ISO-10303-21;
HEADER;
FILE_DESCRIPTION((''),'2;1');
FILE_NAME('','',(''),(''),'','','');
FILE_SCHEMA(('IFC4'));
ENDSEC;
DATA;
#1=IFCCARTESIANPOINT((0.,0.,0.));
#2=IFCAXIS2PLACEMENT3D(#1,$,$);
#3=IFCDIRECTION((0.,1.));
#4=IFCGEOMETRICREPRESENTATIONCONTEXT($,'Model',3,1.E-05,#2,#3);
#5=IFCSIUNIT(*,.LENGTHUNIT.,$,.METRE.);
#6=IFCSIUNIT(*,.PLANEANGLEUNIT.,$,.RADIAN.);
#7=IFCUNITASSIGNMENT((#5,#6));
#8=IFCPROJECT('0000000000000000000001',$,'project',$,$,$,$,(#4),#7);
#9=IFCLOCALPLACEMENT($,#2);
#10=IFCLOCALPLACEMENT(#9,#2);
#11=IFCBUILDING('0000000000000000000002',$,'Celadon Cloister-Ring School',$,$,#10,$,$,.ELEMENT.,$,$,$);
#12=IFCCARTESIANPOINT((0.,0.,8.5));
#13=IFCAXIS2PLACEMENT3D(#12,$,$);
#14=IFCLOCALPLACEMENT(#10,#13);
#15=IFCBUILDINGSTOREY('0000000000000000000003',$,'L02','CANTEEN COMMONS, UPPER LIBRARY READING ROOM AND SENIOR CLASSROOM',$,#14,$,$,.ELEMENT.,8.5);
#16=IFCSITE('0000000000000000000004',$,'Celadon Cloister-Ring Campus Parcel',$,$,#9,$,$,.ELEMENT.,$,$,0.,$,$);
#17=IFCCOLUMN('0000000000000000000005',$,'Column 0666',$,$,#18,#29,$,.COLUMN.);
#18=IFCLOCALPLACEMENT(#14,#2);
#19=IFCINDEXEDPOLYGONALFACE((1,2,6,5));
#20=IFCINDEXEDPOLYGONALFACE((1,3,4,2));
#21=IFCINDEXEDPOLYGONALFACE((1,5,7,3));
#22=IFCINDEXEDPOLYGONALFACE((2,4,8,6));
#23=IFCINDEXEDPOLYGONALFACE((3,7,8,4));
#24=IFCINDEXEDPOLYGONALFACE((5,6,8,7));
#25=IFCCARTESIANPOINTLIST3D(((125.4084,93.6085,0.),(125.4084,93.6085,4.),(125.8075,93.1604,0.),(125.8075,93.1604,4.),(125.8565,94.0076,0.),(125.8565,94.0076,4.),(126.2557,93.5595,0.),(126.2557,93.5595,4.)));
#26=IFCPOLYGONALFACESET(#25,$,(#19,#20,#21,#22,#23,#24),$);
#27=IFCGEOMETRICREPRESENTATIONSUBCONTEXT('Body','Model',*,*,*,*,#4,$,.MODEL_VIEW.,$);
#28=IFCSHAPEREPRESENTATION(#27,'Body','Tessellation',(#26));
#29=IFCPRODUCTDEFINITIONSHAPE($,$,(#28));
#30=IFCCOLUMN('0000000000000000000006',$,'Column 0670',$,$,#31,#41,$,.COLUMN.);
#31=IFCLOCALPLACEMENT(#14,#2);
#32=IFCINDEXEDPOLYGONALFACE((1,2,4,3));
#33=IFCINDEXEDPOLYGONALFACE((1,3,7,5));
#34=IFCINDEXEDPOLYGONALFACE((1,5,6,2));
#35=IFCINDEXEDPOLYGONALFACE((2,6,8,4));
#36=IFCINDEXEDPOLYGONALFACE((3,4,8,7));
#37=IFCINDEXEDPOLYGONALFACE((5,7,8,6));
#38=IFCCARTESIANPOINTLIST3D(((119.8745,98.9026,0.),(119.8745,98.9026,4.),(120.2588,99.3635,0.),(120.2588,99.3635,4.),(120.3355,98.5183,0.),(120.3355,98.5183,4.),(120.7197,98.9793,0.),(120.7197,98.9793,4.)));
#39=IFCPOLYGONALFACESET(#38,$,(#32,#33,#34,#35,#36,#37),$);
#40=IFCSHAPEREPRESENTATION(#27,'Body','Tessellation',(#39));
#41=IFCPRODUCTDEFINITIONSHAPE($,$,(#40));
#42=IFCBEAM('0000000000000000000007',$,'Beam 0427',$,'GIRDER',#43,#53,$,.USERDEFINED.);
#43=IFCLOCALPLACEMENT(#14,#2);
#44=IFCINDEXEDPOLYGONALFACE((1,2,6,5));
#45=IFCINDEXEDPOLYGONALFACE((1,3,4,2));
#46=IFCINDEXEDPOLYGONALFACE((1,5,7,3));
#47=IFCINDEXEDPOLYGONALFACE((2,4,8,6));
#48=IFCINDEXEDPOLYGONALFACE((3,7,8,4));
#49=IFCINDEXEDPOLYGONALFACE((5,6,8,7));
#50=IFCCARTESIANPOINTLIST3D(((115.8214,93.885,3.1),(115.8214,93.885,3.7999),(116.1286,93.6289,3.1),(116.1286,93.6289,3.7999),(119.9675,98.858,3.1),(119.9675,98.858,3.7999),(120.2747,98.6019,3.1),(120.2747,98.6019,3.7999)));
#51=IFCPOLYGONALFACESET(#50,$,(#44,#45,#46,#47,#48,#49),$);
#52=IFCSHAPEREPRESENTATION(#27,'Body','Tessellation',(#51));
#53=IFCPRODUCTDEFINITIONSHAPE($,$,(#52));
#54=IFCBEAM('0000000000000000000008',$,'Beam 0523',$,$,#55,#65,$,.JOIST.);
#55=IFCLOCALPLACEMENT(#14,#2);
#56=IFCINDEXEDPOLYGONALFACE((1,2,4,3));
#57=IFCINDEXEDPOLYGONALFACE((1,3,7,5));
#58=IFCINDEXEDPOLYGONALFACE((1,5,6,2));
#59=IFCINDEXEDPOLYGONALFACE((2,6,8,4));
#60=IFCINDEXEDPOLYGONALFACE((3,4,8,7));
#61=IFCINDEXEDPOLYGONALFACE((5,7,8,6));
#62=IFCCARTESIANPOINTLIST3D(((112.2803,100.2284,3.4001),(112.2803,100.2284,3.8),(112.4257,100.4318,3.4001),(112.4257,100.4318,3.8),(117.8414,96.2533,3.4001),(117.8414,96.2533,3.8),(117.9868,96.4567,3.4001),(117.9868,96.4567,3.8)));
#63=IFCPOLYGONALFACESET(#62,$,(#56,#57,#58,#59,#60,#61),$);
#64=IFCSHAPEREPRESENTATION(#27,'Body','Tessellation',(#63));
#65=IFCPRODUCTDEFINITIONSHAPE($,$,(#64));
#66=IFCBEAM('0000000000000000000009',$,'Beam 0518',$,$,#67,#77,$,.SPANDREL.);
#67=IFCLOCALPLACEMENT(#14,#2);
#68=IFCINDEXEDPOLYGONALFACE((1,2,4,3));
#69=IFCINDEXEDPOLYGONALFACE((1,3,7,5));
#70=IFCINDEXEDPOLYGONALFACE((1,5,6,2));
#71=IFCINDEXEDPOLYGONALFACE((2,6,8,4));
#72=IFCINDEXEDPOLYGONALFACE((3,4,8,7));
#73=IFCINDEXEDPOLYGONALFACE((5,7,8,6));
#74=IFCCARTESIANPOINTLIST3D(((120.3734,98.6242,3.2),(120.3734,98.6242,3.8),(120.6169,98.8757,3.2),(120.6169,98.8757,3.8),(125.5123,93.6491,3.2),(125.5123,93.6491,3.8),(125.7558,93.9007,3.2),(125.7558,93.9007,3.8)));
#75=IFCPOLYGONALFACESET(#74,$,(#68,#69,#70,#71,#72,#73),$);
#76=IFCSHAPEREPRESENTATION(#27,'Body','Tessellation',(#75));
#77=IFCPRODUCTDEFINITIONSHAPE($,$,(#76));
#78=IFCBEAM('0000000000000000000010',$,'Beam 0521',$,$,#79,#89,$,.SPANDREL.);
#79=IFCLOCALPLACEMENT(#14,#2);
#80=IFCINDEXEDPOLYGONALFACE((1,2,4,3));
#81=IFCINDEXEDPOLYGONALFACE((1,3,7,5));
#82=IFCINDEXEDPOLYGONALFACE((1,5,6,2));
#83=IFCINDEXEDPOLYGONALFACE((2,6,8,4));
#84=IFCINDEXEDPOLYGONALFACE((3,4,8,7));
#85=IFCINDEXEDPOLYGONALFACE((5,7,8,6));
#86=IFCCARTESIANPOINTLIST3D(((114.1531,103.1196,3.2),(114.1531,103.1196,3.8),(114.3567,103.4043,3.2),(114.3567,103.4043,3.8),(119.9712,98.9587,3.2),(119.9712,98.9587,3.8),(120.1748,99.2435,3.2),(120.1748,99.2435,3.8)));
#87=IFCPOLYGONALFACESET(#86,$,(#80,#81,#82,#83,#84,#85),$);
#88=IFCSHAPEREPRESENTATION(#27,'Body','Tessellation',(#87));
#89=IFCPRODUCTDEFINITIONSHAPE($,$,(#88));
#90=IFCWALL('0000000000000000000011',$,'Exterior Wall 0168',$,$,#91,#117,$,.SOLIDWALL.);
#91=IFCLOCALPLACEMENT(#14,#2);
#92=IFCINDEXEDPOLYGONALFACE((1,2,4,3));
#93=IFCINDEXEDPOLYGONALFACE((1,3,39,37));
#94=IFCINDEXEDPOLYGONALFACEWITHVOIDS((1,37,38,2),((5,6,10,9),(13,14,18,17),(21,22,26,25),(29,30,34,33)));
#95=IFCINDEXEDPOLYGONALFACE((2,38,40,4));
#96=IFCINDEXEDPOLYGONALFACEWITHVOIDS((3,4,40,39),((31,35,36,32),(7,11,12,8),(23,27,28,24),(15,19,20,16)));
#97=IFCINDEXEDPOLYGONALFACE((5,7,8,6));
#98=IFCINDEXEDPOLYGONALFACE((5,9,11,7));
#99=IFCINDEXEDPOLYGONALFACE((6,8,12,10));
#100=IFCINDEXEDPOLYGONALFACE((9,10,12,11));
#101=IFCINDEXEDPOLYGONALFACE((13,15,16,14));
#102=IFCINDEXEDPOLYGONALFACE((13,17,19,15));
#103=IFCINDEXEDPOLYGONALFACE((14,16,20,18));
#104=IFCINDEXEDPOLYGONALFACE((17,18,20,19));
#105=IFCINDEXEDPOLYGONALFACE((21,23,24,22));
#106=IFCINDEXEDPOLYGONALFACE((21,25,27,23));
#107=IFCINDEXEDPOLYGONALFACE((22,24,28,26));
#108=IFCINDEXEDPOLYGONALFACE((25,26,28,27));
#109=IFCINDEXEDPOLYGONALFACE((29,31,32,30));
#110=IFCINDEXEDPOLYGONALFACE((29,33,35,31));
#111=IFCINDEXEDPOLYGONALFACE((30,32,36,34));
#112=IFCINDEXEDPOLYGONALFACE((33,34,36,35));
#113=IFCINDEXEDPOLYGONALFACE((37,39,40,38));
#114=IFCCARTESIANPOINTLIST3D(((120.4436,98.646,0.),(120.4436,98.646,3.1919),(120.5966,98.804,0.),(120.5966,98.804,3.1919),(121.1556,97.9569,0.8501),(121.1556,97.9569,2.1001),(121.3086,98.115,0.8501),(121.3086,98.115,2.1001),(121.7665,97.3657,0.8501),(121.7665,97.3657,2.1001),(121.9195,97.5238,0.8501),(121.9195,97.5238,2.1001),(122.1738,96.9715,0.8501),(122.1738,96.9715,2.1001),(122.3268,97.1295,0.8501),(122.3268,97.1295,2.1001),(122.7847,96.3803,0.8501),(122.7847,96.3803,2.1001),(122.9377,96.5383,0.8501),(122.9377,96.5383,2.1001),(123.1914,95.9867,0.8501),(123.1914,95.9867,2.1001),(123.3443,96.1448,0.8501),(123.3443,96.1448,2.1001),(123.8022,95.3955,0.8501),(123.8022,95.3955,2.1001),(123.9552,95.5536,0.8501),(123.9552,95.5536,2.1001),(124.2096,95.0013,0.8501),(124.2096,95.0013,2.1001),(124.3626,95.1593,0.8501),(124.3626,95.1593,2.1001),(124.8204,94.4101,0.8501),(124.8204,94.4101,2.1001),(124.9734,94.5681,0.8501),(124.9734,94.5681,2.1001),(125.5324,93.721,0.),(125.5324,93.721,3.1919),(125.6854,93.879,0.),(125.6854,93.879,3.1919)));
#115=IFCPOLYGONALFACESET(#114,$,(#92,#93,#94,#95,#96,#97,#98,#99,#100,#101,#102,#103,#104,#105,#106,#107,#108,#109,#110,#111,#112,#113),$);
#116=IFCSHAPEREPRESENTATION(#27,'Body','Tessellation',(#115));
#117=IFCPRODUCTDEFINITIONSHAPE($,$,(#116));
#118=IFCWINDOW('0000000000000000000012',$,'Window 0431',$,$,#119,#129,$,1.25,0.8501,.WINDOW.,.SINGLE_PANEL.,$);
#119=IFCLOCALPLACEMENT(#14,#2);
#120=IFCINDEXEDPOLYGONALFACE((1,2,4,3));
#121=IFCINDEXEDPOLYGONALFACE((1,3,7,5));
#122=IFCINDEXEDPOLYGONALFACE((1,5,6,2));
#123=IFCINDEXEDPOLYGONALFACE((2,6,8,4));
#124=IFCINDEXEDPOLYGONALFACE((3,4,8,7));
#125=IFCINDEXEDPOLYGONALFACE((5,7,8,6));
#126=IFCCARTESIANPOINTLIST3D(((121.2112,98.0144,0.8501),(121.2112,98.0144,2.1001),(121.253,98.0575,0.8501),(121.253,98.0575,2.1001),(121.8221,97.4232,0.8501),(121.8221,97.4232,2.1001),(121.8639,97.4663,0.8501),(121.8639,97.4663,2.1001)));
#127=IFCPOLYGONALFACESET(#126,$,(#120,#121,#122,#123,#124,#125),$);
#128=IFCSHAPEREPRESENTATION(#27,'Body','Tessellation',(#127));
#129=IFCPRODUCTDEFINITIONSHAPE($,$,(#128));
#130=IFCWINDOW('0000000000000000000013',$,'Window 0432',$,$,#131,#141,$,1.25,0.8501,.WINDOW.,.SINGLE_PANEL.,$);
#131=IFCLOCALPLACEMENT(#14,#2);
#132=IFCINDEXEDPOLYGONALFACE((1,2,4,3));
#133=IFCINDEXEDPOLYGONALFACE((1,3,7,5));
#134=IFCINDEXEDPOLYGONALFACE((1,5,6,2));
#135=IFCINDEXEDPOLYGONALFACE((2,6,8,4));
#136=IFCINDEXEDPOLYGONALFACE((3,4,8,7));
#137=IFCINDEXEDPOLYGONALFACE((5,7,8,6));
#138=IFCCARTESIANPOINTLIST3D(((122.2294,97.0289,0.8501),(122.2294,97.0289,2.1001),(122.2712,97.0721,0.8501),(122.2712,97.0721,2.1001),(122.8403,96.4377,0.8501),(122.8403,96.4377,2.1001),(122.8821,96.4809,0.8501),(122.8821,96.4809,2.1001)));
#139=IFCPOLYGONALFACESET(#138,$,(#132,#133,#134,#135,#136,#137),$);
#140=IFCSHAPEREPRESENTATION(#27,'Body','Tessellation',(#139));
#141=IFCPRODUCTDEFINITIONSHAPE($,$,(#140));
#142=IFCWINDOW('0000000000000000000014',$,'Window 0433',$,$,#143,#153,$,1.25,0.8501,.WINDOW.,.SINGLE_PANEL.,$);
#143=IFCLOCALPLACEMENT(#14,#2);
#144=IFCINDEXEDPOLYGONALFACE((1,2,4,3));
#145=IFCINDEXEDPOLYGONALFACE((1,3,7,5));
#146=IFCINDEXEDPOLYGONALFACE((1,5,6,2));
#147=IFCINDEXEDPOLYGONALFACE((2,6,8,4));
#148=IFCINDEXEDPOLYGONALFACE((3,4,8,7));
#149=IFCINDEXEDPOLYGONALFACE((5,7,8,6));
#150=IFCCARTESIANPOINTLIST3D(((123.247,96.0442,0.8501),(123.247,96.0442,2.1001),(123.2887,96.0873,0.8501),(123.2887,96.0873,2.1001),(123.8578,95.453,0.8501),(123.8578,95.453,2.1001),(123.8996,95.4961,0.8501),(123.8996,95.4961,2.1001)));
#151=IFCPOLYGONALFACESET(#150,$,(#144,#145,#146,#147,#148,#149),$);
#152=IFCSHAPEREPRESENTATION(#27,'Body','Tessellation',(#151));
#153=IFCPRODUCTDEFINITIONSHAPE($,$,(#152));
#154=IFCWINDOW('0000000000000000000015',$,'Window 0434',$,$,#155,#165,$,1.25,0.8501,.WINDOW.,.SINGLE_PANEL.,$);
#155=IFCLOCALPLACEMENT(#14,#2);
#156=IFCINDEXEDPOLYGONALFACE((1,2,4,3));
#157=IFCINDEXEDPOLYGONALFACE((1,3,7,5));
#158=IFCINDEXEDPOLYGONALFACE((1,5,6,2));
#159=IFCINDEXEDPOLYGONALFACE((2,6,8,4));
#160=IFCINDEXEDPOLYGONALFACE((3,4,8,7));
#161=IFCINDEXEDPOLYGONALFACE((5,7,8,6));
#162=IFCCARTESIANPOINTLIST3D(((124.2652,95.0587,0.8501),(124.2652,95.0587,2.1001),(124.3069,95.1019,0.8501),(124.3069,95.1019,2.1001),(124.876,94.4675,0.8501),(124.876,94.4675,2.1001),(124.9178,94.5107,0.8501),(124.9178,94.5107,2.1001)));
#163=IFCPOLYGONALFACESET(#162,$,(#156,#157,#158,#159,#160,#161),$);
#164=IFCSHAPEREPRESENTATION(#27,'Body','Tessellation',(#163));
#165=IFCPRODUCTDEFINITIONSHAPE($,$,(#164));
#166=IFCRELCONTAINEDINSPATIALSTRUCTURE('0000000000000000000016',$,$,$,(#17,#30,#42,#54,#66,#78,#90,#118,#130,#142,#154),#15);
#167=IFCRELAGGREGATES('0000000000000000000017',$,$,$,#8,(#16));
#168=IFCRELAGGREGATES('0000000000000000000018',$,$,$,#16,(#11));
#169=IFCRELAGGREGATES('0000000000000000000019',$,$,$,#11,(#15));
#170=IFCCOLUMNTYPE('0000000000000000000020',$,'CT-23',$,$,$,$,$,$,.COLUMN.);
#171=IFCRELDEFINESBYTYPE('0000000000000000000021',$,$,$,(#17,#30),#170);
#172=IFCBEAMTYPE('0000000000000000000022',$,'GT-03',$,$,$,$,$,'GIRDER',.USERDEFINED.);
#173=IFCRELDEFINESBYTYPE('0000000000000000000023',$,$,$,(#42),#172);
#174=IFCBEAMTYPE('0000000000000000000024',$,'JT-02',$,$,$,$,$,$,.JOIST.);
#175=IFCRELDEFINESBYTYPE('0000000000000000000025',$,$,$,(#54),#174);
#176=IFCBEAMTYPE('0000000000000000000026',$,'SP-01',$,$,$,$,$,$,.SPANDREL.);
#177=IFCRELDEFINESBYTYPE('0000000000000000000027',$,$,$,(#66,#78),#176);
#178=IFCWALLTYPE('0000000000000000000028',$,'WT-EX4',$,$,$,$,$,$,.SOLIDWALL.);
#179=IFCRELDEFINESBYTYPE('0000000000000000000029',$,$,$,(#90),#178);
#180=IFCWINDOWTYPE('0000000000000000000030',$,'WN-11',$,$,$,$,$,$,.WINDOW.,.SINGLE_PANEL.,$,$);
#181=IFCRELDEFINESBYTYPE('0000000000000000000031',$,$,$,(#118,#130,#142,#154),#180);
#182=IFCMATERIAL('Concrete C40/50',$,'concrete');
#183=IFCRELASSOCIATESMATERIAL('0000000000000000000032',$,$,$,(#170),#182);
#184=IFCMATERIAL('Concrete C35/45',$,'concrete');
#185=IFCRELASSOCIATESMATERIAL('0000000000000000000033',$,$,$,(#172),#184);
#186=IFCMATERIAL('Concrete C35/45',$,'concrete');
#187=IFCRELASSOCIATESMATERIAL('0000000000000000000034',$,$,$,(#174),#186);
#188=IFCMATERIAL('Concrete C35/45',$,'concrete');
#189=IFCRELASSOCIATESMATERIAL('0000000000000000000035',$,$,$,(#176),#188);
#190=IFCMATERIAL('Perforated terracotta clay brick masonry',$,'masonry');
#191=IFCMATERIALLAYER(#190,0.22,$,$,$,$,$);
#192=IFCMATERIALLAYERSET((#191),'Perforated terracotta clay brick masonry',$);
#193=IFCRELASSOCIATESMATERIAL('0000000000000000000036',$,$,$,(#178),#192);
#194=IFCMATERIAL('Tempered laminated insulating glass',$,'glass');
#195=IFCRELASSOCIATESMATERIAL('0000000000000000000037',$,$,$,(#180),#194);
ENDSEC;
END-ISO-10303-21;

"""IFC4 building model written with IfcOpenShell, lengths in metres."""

from ifc_helpers import new_model, si_unit, direction, frame, frame_2d, origin, origin_2d, place, context, subcontext, project, spatial, rectangle, extrude, material, layer, layer_set, material_profile, profile_set, type_object, element, fill, save


model = new_model("IFC4")

# Units and contexts
model_context = context("Model", 3, precision=1e-05, world=origin(), true_north=direction((0.0, 1.0)))
body_context = subcontext(model_context, "Body", "Model", "MODEL_VIEW")
ifc_project = project(units=[si_unit("LENGTHUNIT", "METRE"), si_unit("PLANEANGLEUNIT", "RADIAN")], contexts=[model_context])

# Site, building, storey
site_placement = place(None, origin())
site = spatial("IfcSite", under=ifc_project, at=site_placement, Name="Celadon Cloister-Ring Campus Parcel", CompositionType="ELEMENT", RefElevation=0.0)
building_placement = place(site_placement, origin())
building = spatial("IfcBuilding", under=site, at=building_placement, Name="Celadon Cloister-Ring School", CompositionType="ELEMENT")
storey_placement = place(building_placement, frame((0.0, 0.0, 8.5)))
storey = spatial("IfcBuildingStorey", under=building, at=storey_placement, Name="L02", Description="CANTEEN COMMONS, UPPER LIBRARY READING ROOM AND SENIOR CLASSROOM", CompositionType="ELEMENT", Elevation=8.5)

# Columns
ifc_material_1 = material(Name="Concrete C40/50", Category="concrete")
ifc_material_profile_1 = material_profile(ifc_material_1, rectangle(XDim=0.6001, YDim=0.6001, at=origin_2d()), Name="RC600X600")
ifc_profile_set_1 = profile_set([ifc_material_profile_1], Name="Concrete C40/50")
column_type = type_object("IfcColumnType", Name="CT-23", PredefinedType="COLUMN", material=ifc_profile_set_1)
for number, where, z_axis, x_axis, name in (
    (1, (125.832, 93.584, 0.0), (0.0, 0.0, 1.0), (0.746777, 0.665074, 0.0), "Column 0666"),
    (2, (120.2971, 98.9409, 0.0), (0.0, 0.0, 1.0), (0.640324, 0.768105, 0.0), "Column 0670"),
):
    element("IfcColumn", number, at=place(storey_placement, frame(where, z_axis=z_axis, x_axis=x_axis)), inside=storey, type_object=column_type, Name=name, PredefinedType="COLUMN", context=body_context, shape_type="SweptSolid", body=[
        extrude(rectangle(XDim=0.6001, YDim=0.6001, at=origin_2d()), origin(), (0.0, 0.0, 1.0), 4.0),
    ])

# Beams
ifc_material_2 = material(Name="Concrete C35/45", Category="concrete")
ifc_material_profile_2 = material_profile(ifc_material_2, rectangle(XDim=0.3999, YDim=0.7, at=origin_2d()), Name="RC400X700")
ifc_profile_set_2 = profile_set([ifc_material_profile_2], Name="Concrete C35/45")
beam_type_1 = type_object("IfcBeamType", Name="GT-03", ElementType="GIRDER", PredefinedType="USERDEFINED", material=ifc_profile_set_2)
beam_1_placement = place(storey_placement, frame((120.1211, 98.73, 3.45), z_axis=(-0.640359, -0.768076, 0.0), x_axis=(0.768076, -0.640359, 0.0)))
element("IfcBeam", 3, at=beam_1_placement, inside=storey, type_object=beam_type_1, Name="Beam 0427", ObjectType="GIRDER", PredefinedType="USERDEFINED", context=body_context, shape_type="SweptSolid", body=[
    extrude(rectangle(XDim=0.3999, YDim=0.7, at=origin_2d()), origin(), (0.0, 0.0, 1.0), 6.4746),
])
ifc_material_3 = material(Name="Concrete C35/45", Category="concrete")
ifc_material_profile_3 = material_profile(ifc_material_3, rectangle(XDim=0.25, YDim=0.3999, at=origin_2d()), Name="RC250X400")
ifc_profile_set_3 = profile_set([ifc_material_profile_3], Name="Concrete C35/45")
beam_type_2 = type_object("IfcBeamType", Name="JT-02", PredefinedType="JOIST", material=ifc_profile_set_3)
beam_2_placement = place(storey_placement, frame((117.9141, 96.355, 3.6001), z_axis=(-0.813531, 0.581522, 0.0), x_axis=(-0.581522, -0.813531, 0.0)))
element("IfcBeam", 4, at=beam_2_placement, inside=storey, type_object=beam_type_2, Name="Beam 0523", PredefinedType="JOIST", context=body_context, shape_type="SweptSolid", body=[
    extrude(rectangle(XDim=0.25, YDim=0.3999, at=origin_2d()), origin(), (0.0, 0.0, 1.0), 6.8357),
])
ifc_material_4 = material(Name="Concrete C35/45", Category="concrete")
ifc_material_profile_4 = material_profile(ifc_material_4, rectangle(XDim=0.3501, YDim=0.6001, at=origin_2d()), Name="RC350X600")
ifc_profile_set_4 = profile_set([ifc_material_profile_4], Name="Concrete C35/45")
beam_type_3 = type_object("IfcBeamType", Name="SP-01", PredefinedType="SPANDREL", material=ifc_profile_set_4)
beam_3_placement = place(storey_placement, frame((125.634, 93.7749, 3.5), z_axis=(-0.718466, 0.695562, 0.0), x_axis=(-0.695562, -0.718466, 0.0)))
element("IfcBeam", 5, at=beam_3_placement, inside=storey, type_object=beam_type_3, Name="Beam 0518", PredefinedType="SPANDREL", context=body_context, shape_type="SweptSolid", body=[
    extrude(rectangle(XDim=0.3501, YDim=0.6001, at=origin_2d()), origin(), (0.0, 0.0, 1.0), 7.1526),
])
beam_4_placement = place(storey_placement, frame((120.073, 99.1011, 3.5), z_axis=(-0.813397, 0.581709, 0.0), x_axis=(-0.581709, -0.813397, 0.0)))
element("IfcBeam", 6, at=beam_4_placement, inside=storey, type_object=beam_type_3, Name="Beam 0521", PredefinedType="SPANDREL", context=body_context, shape_type="SweptSolid", body=[
    extrude(rectangle(XDim=0.3501, YDim=0.6001, at=origin_2d()), origin(), (0.0, 0.0, 1.0), 7.1528),
])

# Wall, openings, windows
ifc_material_5 = material(Name="Perforated terracotta clay brick masonry", Category="masonry")
ifc_layer_1 = layer(ifc_material_5, 0.22)
ifc_layer_set_1 = layer_set([ifc_layer_1], Name="Perforated terracotta clay brick masonry")
wall_type = type_object("IfcWallType", Name="WT-EX4", PredefinedType="SOLIDWALL", material=ifc_layer_set_1)
wall_placement = place(storey_placement, frame((120.52, 98.7251, 0.0), z_axis=(0.0, 0.0, 1.0), x_axis=(0.718578, -0.695446, 0.0)))
wall = element("IfcWall", 7, at=wall_placement, inside=storey, type_object=wall_type, Name="Exterior Wall 0168", PredefinedType="SOLIDWALL", context=body_context, shape_type="SweptSolid", body=[
    extrude(rectangle(XDim=7.0818, YDim=0.22, at=frame_2d((3.541, 0.0))), origin(), (0.0, 0.0, 1.0), 3.1919),
])
opening_1_placement = place(wall_placement, frame((0.991, 0.0, 0.8501)))
opening_1 = element("IfcOpeningElement", 8, at=opening_1_placement, cuts=wall, PredefinedType="OPENING", context=body_context, shape_type="SweptSolid", body=[
    extrude(rectangle(XDim=0.8501, YDim=1.25, at=frame_2d((0.425, 0.625))), frame((0.0, 0.1201, 0.0), z_axis=(0.0, -1.0, 0.0), x_axis=(1.0, 0.0, 0.0)), (0.0, 0.0, 1.0), 0.24),
])
opening_2_placement = place(wall_placement, frame((2.408, 0.0, 0.8501)))
opening_2 = element("IfcOpeningElement", 9, at=opening_2_placement, cuts=wall, PredefinedType="OPENING", context=body_context, shape_type="SweptSolid", body=[
    extrude(rectangle(XDim=0.8501, YDim=1.25, at=frame_2d((0.425, 0.625))), frame((0.0, 0.1201, 0.0), z_axis=(0.0, -1.0, 0.0), x_axis=(1.0, 0.0, 0.0)), (0.0, 0.0, 1.0), 0.24),
])
opening_3_placement = place(wall_placement, frame((3.824, 0.0, 0.8501)))
opening_3 = element("IfcOpeningElement", 10, at=opening_3_placement, cuts=wall, PredefinedType="OPENING", context=body_context, shape_type="SweptSolid", body=[
    extrude(rectangle(XDim=0.8501, YDim=1.25, at=frame_2d((0.425, 0.625))), frame((0.0, 0.1201, 0.0), z_axis=(0.0, -1.0, 0.0), x_axis=(1.0, 0.0, 0.0)), (0.0, 0.0, 1.0), 0.24),
])
opening_4_placement = place(wall_placement, frame((5.241, 0.0, 0.8501)))
opening_4 = element("IfcOpeningElement", 11, at=opening_4_placement, cuts=wall, PredefinedType="OPENING", context=body_context, shape_type="SweptSolid", body=[
    extrude(rectangle(XDim=0.8501, YDim=1.25, at=frame_2d((0.425, 0.625))), frame((0.0, 0.1201, 0.0), z_axis=(0.0, -1.0, 0.0), x_axis=(1.0, 0.0, 0.0)), (0.0, 0.0, 1.0), 0.24),
])
ifc_material_6 = material(Name="Tempered laminated insulating glass", Category="glass")
window_type = type_object("IfcWindowType", Name="WN-11", PartitioningType="SINGLE_PANEL", PredefinedType="WINDOW", material=ifc_material_6)
window_1_placement = place(opening_1_placement, origin())
window_1 = element("IfcWindow", 12, at=window_1_placement, inside=storey, type_object=window_type, Name="Window 0431", OverallHeight=1.25, OverallWidth=0.8501, PartitioningType="SINGLE_PANEL", PredefinedType="WINDOW", context=body_context, shape_type="SweptSolid", body=[
    extrude(rectangle(XDim=0.8501, YDim=1.25, at=frame_2d((0.425, 0.625))), frame((0.0, 0.03, 0.0), z_axis=(0.0, -1.0, 0.0), x_axis=(1.0, 0.0, 0.0)), (0.0, 0.0, 1.0), 0.0601),
])
fill(opening_1, window_1)
window_2_placement = place(opening_2_placement, origin())
window_2 = element("IfcWindow", 13, at=window_2_placement, inside=storey, type_object=window_type, Name="Window 0432", OverallHeight=1.25, OverallWidth=0.8501, PartitioningType="SINGLE_PANEL", PredefinedType="WINDOW", context=body_context, shape_type="SweptSolid", body=[
    extrude(rectangle(XDim=0.8501, YDim=1.25, at=frame_2d((0.425, 0.625))), frame((0.0, 0.03, 0.0), z_axis=(0.0, -1.0, 0.0), x_axis=(1.0, 0.0, 0.0)), (0.0, 0.0, 1.0), 0.0601),
])
fill(opening_2, window_2)
window_3_placement = place(opening_3_placement, origin())
window_3 = element("IfcWindow", 14, at=window_3_placement, inside=storey, type_object=window_type, Name="Window 0433", OverallHeight=1.25, OverallWidth=0.8501, PartitioningType="SINGLE_PANEL", PredefinedType="WINDOW", context=body_context, shape_type="SweptSolid", body=[
    extrude(rectangle(XDim=0.8501, YDim=1.25, at=frame_2d((0.425, 0.625))), frame((0.0, 0.03, 0.0), z_axis=(0.0, -1.0, 0.0), x_axis=(1.0, 0.0, 0.0)), (0.0, 0.0, 1.0), 0.0601),
])
fill(opening_3, window_3)
window_4_placement = place(opening_4_placement, origin())
window_4 = element("IfcWindow", 15, at=window_4_placement, inside=storey, type_object=window_type, Name="Window 0434", OverallHeight=1.25, OverallWidth=0.8501, PartitioningType="SINGLE_PANEL", PredefinedType="WINDOW", context=body_context, shape_type="SweptSolid", body=[
    extrude(rectangle(XDim=0.8501, YDim=1.25, at=frame_2d((0.425, 0.625))), frame((0.0, 0.03, 0.0), z_axis=(0.0, -1.0, 0.0), x_axis=(1.0, 0.0, 0.0)), (0.0, 0.0, 1.0), 0.0601),
])
fill(opening_4, window_4)

save(model, "model.ifc")
